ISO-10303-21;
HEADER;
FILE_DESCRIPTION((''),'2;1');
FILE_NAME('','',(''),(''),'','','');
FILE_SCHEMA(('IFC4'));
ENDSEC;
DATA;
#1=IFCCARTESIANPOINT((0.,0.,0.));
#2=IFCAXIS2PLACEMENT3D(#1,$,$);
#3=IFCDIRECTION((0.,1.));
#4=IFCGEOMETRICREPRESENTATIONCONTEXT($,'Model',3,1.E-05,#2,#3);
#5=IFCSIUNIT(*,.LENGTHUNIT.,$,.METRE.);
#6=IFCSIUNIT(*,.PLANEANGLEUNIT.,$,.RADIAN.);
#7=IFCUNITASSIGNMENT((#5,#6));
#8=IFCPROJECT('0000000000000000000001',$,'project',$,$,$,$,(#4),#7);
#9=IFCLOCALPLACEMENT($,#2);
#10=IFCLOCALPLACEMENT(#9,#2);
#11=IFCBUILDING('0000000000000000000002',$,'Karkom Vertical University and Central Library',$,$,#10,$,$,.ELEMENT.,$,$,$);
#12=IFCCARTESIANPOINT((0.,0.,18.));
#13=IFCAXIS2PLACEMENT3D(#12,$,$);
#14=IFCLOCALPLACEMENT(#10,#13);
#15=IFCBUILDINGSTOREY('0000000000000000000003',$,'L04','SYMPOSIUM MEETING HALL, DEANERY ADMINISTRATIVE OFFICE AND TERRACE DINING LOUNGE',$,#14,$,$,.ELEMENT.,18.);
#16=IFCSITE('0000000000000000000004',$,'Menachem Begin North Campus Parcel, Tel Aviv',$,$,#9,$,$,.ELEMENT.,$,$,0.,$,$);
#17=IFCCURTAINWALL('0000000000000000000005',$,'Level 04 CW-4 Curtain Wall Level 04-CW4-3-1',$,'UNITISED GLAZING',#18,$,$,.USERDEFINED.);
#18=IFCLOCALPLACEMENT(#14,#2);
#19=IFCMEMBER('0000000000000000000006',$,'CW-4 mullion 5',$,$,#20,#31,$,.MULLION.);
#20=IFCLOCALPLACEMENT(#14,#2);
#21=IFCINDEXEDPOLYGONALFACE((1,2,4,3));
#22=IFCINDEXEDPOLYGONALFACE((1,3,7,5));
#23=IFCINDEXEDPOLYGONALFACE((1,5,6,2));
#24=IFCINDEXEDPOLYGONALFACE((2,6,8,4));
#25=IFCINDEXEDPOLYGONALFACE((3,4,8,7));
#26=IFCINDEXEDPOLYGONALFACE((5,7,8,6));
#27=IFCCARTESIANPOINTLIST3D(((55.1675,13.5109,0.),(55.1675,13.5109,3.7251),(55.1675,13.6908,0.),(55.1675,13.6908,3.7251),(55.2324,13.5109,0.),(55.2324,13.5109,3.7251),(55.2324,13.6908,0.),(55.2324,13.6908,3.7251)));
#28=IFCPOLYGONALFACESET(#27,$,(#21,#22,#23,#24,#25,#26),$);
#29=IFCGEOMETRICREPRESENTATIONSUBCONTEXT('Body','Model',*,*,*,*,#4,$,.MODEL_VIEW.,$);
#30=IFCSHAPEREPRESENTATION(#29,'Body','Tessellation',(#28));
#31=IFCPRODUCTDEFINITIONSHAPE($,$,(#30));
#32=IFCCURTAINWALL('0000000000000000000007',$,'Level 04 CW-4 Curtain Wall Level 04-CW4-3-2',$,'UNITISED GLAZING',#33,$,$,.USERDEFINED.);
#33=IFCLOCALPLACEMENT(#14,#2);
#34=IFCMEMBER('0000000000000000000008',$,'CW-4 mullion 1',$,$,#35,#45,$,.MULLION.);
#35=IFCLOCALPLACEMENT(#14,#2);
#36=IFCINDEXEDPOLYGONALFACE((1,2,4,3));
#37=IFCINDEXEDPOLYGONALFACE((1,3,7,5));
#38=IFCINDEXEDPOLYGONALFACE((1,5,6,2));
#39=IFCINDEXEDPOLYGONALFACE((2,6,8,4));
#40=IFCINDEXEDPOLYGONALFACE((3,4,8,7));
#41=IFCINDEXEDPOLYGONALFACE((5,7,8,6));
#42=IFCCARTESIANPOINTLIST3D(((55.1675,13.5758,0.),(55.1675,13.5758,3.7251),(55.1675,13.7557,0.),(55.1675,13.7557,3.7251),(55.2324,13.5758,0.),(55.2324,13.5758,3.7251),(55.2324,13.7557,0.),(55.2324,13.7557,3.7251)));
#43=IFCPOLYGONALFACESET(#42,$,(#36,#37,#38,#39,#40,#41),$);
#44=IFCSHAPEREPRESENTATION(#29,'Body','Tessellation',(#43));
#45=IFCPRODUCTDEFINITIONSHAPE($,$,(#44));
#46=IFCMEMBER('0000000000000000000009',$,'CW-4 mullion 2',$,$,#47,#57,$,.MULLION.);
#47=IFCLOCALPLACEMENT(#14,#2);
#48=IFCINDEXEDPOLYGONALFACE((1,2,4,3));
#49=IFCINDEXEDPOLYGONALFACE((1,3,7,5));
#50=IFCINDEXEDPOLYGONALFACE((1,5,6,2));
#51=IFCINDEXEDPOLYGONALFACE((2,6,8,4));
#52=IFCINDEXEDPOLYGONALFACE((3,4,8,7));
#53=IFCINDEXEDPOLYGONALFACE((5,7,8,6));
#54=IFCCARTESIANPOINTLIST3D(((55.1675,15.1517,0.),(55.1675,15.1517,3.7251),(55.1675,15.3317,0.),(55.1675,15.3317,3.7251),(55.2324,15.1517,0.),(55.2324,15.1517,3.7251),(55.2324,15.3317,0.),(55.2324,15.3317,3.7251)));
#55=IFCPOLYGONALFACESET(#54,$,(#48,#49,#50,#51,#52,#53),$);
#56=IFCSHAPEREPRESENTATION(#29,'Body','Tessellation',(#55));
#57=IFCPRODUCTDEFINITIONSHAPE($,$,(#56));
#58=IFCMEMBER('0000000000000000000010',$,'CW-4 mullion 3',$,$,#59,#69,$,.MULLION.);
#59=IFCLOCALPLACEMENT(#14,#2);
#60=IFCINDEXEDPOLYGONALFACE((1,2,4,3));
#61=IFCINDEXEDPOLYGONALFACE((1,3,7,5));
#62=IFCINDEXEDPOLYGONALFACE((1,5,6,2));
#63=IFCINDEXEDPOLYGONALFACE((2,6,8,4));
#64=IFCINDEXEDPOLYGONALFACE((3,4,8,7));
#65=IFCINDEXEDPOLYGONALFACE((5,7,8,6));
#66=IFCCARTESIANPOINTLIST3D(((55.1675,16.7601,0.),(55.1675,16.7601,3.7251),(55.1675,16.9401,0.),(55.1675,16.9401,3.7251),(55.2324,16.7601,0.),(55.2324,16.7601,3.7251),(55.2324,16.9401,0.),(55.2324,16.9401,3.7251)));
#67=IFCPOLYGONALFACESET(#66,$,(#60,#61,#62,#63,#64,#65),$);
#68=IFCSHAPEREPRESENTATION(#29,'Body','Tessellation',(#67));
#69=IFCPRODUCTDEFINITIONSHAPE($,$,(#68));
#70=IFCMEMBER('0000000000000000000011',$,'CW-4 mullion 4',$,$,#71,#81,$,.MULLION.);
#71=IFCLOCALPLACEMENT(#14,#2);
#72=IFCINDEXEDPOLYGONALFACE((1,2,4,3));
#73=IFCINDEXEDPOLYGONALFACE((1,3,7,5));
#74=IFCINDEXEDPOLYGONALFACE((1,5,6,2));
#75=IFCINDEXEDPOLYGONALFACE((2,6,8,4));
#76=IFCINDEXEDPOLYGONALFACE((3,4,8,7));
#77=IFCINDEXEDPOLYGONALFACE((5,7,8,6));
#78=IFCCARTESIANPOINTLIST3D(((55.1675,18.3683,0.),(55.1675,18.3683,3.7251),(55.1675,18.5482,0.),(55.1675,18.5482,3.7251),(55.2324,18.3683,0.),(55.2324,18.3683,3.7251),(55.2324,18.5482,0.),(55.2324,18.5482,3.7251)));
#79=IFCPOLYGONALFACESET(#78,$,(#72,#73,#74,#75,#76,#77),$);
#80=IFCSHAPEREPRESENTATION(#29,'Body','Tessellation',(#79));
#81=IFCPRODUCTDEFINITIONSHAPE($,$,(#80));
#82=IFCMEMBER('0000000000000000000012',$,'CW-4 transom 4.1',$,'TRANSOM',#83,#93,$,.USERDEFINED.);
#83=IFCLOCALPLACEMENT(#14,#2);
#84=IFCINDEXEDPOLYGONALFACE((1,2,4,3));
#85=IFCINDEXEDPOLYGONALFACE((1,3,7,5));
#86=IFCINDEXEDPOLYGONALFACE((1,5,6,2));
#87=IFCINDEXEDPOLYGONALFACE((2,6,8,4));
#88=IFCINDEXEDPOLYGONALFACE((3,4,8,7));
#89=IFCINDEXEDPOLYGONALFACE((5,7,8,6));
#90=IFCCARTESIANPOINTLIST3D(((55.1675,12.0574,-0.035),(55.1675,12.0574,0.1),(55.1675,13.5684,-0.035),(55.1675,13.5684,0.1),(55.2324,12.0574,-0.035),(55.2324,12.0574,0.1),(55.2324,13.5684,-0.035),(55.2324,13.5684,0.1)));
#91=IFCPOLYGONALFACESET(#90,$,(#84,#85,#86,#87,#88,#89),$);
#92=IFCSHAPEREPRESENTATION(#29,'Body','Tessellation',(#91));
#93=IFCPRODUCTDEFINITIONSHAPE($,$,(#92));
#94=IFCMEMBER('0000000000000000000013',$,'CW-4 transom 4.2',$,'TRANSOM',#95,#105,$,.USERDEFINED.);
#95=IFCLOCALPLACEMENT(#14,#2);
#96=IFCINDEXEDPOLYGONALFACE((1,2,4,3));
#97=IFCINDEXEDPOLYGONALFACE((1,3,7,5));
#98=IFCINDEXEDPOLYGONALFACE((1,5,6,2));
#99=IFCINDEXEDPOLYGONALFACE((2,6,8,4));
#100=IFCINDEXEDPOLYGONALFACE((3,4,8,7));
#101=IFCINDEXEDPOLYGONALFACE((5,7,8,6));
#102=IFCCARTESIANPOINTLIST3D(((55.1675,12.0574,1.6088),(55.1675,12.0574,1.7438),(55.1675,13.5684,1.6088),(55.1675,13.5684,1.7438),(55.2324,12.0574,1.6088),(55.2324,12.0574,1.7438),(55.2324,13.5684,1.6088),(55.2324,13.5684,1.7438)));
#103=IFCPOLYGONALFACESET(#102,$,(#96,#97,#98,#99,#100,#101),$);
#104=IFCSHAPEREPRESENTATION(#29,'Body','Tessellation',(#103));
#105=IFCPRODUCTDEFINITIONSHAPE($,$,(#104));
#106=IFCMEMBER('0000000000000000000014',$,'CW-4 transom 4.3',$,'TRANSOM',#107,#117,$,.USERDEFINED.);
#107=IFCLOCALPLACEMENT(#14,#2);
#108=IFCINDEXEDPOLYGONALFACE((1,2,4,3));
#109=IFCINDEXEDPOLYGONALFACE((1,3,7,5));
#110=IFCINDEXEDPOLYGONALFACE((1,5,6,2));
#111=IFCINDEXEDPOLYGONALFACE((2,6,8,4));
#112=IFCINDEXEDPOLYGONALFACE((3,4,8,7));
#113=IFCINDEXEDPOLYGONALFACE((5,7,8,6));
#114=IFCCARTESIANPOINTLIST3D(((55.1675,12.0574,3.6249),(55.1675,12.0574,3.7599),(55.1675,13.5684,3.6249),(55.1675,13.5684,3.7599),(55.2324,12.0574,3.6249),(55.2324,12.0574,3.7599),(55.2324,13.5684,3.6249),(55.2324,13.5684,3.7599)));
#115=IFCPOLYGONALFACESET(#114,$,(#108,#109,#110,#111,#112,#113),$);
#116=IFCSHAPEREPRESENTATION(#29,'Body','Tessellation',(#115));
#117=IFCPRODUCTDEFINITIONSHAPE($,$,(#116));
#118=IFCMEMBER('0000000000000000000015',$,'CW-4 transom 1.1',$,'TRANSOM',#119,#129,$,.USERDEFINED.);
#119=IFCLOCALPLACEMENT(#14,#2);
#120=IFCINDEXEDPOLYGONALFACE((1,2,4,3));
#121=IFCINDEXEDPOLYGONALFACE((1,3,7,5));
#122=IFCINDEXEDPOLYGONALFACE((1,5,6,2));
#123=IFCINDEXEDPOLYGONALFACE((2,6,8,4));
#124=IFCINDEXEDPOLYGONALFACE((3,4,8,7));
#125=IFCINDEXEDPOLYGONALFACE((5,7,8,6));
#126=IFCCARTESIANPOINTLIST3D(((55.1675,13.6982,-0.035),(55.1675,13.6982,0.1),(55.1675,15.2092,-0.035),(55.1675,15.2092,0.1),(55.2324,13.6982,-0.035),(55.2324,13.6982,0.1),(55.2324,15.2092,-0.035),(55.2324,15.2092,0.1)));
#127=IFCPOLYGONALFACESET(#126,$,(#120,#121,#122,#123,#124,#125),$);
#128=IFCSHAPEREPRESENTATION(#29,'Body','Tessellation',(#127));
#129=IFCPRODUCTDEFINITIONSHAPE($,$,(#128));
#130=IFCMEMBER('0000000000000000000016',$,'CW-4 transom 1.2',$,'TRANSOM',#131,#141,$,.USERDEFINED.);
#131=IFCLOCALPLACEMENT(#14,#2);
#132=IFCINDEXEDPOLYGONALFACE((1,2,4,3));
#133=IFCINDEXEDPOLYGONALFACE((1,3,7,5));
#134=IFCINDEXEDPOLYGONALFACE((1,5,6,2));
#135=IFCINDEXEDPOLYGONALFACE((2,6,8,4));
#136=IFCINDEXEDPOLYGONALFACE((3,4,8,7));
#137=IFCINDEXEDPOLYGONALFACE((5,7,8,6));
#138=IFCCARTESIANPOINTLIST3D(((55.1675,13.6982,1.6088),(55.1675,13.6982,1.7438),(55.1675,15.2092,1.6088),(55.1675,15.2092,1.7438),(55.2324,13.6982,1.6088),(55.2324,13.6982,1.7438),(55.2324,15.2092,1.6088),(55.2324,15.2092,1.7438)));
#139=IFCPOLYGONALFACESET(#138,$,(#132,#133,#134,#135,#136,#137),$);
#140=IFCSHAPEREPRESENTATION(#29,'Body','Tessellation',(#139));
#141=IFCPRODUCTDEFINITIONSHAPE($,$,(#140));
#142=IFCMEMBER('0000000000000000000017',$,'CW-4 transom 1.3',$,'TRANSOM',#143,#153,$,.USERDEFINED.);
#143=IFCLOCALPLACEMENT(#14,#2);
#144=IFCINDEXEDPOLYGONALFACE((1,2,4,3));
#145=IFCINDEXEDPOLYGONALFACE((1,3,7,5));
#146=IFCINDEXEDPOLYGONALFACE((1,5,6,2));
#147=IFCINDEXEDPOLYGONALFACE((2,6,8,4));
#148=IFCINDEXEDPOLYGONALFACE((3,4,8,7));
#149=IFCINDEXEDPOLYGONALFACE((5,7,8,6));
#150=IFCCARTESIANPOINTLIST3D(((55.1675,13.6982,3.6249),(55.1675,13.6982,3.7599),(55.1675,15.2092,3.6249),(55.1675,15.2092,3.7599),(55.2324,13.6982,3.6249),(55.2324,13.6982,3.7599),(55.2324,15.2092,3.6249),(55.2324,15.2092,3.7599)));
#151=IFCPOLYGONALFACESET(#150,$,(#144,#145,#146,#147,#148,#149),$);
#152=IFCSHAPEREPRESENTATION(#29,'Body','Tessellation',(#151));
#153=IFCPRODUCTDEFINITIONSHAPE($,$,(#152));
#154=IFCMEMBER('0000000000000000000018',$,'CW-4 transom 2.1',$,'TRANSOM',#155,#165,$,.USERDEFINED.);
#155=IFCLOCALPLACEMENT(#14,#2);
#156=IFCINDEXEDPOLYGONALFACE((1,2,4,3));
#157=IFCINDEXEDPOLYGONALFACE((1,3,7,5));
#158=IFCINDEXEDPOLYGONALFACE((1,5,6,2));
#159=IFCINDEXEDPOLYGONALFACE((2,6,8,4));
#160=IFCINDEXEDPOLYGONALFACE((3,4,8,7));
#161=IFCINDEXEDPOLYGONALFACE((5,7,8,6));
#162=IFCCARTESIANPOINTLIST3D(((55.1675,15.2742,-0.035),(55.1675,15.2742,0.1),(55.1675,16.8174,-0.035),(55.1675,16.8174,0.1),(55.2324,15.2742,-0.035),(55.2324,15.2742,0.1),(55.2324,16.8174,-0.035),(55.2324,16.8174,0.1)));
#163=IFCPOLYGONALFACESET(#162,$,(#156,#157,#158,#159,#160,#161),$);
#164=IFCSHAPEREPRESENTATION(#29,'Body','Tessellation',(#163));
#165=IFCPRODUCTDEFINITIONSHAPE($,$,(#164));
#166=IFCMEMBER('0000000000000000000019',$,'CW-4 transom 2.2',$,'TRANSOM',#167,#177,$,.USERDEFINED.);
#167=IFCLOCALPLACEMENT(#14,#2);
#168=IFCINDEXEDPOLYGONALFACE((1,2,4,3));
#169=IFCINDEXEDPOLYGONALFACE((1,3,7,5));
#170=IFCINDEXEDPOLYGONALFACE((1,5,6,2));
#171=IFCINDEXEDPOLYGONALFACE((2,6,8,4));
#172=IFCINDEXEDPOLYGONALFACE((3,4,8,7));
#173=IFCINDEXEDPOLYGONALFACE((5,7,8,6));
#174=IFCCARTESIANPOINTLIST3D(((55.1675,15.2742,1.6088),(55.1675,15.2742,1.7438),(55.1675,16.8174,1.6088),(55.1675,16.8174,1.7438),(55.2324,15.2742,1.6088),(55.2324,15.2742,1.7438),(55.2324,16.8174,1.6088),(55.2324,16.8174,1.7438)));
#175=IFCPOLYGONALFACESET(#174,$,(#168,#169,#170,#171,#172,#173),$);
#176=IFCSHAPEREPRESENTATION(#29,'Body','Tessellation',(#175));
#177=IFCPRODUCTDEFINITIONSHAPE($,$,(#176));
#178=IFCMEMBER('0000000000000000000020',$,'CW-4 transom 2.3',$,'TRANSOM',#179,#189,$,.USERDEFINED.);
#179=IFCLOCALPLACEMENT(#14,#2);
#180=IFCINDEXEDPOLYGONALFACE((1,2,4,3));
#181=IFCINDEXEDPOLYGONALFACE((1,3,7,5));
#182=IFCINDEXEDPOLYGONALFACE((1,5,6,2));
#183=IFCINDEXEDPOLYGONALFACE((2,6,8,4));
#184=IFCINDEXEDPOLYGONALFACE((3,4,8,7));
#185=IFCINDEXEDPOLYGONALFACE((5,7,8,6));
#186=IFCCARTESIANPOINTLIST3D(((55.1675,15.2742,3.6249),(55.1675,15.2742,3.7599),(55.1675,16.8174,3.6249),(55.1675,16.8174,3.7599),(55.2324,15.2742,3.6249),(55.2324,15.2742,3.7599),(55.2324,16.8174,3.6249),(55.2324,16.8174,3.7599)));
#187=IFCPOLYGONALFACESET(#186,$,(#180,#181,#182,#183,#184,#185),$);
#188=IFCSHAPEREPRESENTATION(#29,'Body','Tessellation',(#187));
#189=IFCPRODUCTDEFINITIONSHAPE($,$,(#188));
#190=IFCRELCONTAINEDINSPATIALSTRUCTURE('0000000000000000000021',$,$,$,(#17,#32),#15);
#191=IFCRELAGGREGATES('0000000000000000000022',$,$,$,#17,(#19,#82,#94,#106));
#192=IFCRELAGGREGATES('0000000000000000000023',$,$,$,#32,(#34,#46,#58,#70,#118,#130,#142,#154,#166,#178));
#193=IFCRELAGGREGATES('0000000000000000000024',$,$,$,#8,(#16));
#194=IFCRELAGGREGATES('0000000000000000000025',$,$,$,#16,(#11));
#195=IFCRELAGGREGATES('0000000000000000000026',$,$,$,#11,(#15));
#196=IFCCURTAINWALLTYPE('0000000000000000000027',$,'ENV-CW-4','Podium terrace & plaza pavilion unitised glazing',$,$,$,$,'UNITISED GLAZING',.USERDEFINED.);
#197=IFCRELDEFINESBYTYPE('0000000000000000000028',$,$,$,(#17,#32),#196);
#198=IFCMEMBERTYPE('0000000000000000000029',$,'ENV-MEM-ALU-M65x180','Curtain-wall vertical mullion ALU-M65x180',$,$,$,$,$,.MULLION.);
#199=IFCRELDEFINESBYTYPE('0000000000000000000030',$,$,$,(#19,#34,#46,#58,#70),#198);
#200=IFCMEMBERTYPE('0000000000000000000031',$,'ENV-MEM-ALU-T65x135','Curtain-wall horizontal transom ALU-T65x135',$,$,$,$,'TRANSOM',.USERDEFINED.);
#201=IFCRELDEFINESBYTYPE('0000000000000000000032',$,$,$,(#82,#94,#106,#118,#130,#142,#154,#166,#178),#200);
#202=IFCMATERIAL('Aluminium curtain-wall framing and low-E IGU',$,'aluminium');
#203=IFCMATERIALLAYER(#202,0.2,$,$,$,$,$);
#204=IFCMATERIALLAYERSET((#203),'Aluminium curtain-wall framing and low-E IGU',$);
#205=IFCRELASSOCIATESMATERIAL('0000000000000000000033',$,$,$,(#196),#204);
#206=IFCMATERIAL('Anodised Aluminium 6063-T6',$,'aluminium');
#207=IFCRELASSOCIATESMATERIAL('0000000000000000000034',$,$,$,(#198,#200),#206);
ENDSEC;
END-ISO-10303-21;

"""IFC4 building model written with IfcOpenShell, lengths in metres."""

from ifc_helpers import new_model, si_unit, direction, frame, origin, origin_with_axes, origin_2d, place, context, subcontext, project, spatial, rectangle, extrude, source, transform, mapped, material, layer, layer_set, material_profile, profile_set, type_object, element, aggregate, save


model = new_model("IFC4")

# Units and contexts
model_context = context("Model", 3, precision=1e-05, world=origin(), true_north=direction((0.0, 1.0)))
body_context = subcontext(model_context, "Body", "Model", "MODEL_VIEW")
ifc_project = project(units=[si_unit("LENGTHUNIT", "METRE"), si_unit("PLANEANGLEUNIT", "RADIAN")], contexts=[model_context])

# Site, building, storey
site_placement = place(None, origin())
site = spatial("IfcSite", under=ifc_project, at=site_placement, Name="Menachem Begin North Campus Parcel, Tel Aviv", CompositionType="ELEMENT", RefElevation=0.0)
building_placement = place(site_placement, origin())
building = spatial("IfcBuilding", under=site, at=building_placement, Name="Karkom Vertical University and Central Library", CompositionType="ELEMENT")
storey_placement = place(building_placement, frame((0.0, 0.0, 18.0)))
storey = spatial("IfcBuildingStorey", under=building, at=storey_placement, Name="L04", Description="SYMPOSIUM MEETING HALL, DEANERY ADMINISTRATIVE OFFICE AND TERRACE DINING LOUNGE", CompositionType="ELEMENT", Elevation=18.0)

# Curtain wall, member
ifc_material_1 = material(Name="Aluminium curtain-wall framing and low-E IGU", Category="aluminium")
ifc_layer_1 = layer(ifc_material_1, 0.2)
ifc_layer_set_1 = layer_set([ifc_layer_1], Name="Aluminium curtain-wall framing and low-E IGU")
curtain_wall_type = type_object("IfcCurtainWallType", Name="ENV-CW-4", Description="Podium terrace & plaza pavilion unitised glazing", ElementType="UNITISED GLAZING", PredefinedType="USERDEFINED", material=ifc_layer_set_1)
curtain_wall_1_placement = place(storey_placement, origin())
curtain_wall_1 = element("IfcCurtainWall", 1, at=curtain_wall_1_placement, inside=storey, type_object=curtain_wall_type, Name="Level 04 CW-4 Curtain Wall Level 04-CW4-3-1", ObjectType="UNITISED GLAZING", PredefinedType="USERDEFINED")
ifc_material_2 = material(Name="Anodised Aluminium 6063-T6", Category="aluminium")
ifc_material_profile_1 = material_profile(ifc_material_2, rectangle(XDim=0.0649, YDim=0.1799, at=origin_2d()), Name="ALU-M65x180")
ifc_profile_set_1 = profile_set([ifc_material_profile_1], Name="Anodised Aluminium 6063-T6")
member_type_1 = type_object("IfcMemberType", Name="ENV-MEM-ALU-M65x180", Description="Curtain-wall vertical mullion ALU-M65x180", PredefinedType="MULLION", material=ifc_profile_set_1)
shared_shape_1 = source(origin_with_axes(), body_context, "Body", "SweptSolid", [
    extrude(rectangle(XDim=0.0649, YDim=0.1799, at=origin_2d()), origin(), (0.0, 0.0, 1.0), 3.7251),
])
member_1_placement = place(storey_placement, frame((55.2, 13.6008, 0.0), z_axis=(0.0, 0.0, 1.0), x_axis=(-1.0, 0.0, 0.0)))
member_1 = element("IfcMember", 2, at=member_1_placement, type_object=member_type_1, Name="CW-4 mullion 5", PredefinedType="MULLION", context=body_context, shape_type="MappedRepresentation", body=[
    mapped(shared_shape_1, transform((0.0, 0.0, 0.0), scale=1.0)),
])

# Curtain wall, members
curtain_wall_2_placement = place(storey_placement, origin())
curtain_wall_2 = element("IfcCurtainWall", 3, at=curtain_wall_2_placement, inside=storey, type_object=curtain_wall_type, Name="Level 04 CW-4 Curtain Wall Level 04-CW4-3-2", ObjectType="UNITISED GLAZING", PredefinedType="USERDEFINED")
member_2_placement = place(storey_placement, frame((55.2, 13.6658, 0.0), z_axis=(0.0, 0.0, 1.0), x_axis=(-1.0, 0.0, 0.0)))
member_2 = element("IfcMember", 4, at=member_2_placement, type_object=member_type_1, Name="CW-4 mullion 1", PredefinedType="MULLION", context=body_context, shape_type="MappedRepresentation", body=[
    mapped(shared_shape_1, transform((0.0, 0.0, 0.0), scale=1.0)),
])
member_3_placement = place(storey_placement, frame((55.2, 15.2417, 0.0), z_axis=(0.0, 0.0, 1.0), x_axis=(-1.0, 0.0, 0.0)))
member_3 = element("IfcMember", 5, at=member_3_placement, type_object=member_type_1, Name="CW-4 mullion 2", PredefinedType="MULLION", context=body_context, shape_type="MappedRepresentation", body=[
    mapped(shared_shape_1, transform((0.0, 0.0, 0.0), scale=1.0)),
])
member_4_placement = place(storey_placement, frame((55.2, 16.8501, 0.0), z_axis=(0.0, 0.0, 1.0), x_axis=(-1.0, 0.0, 0.0)))
member_4 = element("IfcMember", 6, at=member_4_placement, type_object=member_type_1, Name="CW-4 mullion 3", PredefinedType="MULLION", context=body_context, shape_type="MappedRepresentation", body=[
    mapped(shared_shape_1, transform((0.0, 0.0, 0.0), scale=1.0)),
])
member_5_placement = place(storey_placement, frame((55.2, 18.4583, 0.0), z_axis=(0.0, 0.0, 1.0), x_axis=(-1.0, 0.0, 0.0)))
member_5 = element("IfcMember", 7, at=member_5_placement, type_object=member_type_1, Name="CW-4 mullion 4", PredefinedType="MULLION", context=body_context, shape_type="MappedRepresentation", body=[
    mapped(shared_shape_1, transform((0.0, 0.0, 0.0), scale=1.0)),
])

# Members
ifc_material_profile_2 = material_profile(ifc_material_2, rectangle(XDim=0.0649, YDim=0.135, at=origin_2d()), Name="ALU-T65x135")
ifc_profile_set_2 = profile_set([ifc_material_profile_2], Name="Anodised Aluminium 6063-T6")
member_type_2 = type_object("IfcMemberType", Name="ENV-MEM-ALU-T65x135", Description="Curtain-wall horizontal transom ALU-T65x135", ElementType="TRANSOM", PredefinedType="USERDEFINED", material=ifc_profile_set_2)
shared_shape_2 = source(origin_with_axes(), body_context, "Body", "SweptSolid", [
    extrude(rectangle(XDim=0.0649, YDim=0.135, at=origin_2d()), origin(), (0.0, 0.0, 1.0), 1.511),
])
member_6_placement = place(storey_placement, frame((55.2, 12.0574, 0.0325), z_axis=(0.0, 1.0, 0.0), x_axis=(-1.0, 0.0, 0.0)))
member_6 = element("IfcMember", 8, at=member_6_placement, type_object=member_type_2, Name="CW-4 transom 4.1", ObjectType="TRANSOM", PredefinedType="USERDEFINED", context=body_context, shape_type="MappedRepresentation", body=[
    mapped(shared_shape_2, transform((0.0, 0.0, 0.0), scale=1.0)),
])
member_7_placement = place(storey_placement, frame((55.2, 12.0574, 1.6763), z_axis=(0.0, 1.0, 0.0), x_axis=(-1.0, 0.0, 0.0)))
member_7 = element("IfcMember", 9, at=member_7_placement, type_object=member_type_2, Name="CW-4 transom 4.2", ObjectType="TRANSOM", PredefinedType="USERDEFINED", context=body_context, shape_type="MappedRepresentation", body=[
    mapped(shared_shape_2, transform((0.0, 0.0, 0.0), scale=1.0)),
])
member_8_placement = place(storey_placement, frame((55.2, 12.0574, 3.6924), z_axis=(0.0, 1.0, 0.0), x_axis=(-1.0, 0.0, 0.0)))
member_8 = element("IfcMember", 10, at=member_8_placement, type_object=member_type_2, Name="CW-4 transom 4.3", ObjectType="TRANSOM", PredefinedType="USERDEFINED", context=body_context, shape_type="MappedRepresentation", body=[
    mapped(shared_shape_2, transform((0.0, 0.0, 0.0), scale=1.0)),
])
member_9_placement = place(storey_placement, frame((55.2, 13.6982, 0.0325), z_axis=(0.0, 1.0, 0.0), x_axis=(-1.0, 0.0, 0.0)))
member_9 = element("IfcMember", 11, at=member_9_placement, type_object=member_type_2, Name="CW-4 transom 1.1", ObjectType="TRANSOM", PredefinedType="USERDEFINED", context=body_context, shape_type="MappedRepresentation", body=[
    mapped(shared_shape_2, transform((0.0, 0.0, 0.0), scale=1.0)),
])
member_10_placement = place(storey_placement, frame((55.2, 13.6982, 1.6763), z_axis=(0.0, 1.0, 0.0), x_axis=(-1.0, 0.0, 0.0)))
member_10 = element("IfcMember", 12, at=member_10_placement, type_object=member_type_2, Name="CW-4 transom 1.2", ObjectType="TRANSOM", PredefinedType="USERDEFINED", context=body_context, shape_type="MappedRepresentation", body=[
    mapped(shared_shape_2, transform((0.0, 0.0, 0.0), scale=1.0)),
])
member_11_placement = place(storey_placement, frame((55.2, 13.6982, 3.6924), z_axis=(0.0, 1.0, 0.0), x_axis=(-1.0, 0.0, 0.0)))
member_11 = element("IfcMember", 13, at=member_11_placement, type_object=member_type_2, Name="CW-4 transom 1.3", ObjectType="TRANSOM", PredefinedType="USERDEFINED", context=body_context, shape_type="MappedRepresentation", body=[
    mapped(shared_shape_2, transform((0.0, 0.0, 0.0), scale=1.0)),
])
shared_shape_3 = source(origin_with_axes(), body_context, "Body", "SweptSolid", [
    extrude(rectangle(XDim=0.0649, YDim=0.135, at=origin_2d()), origin(), (0.0, 0.0, 1.0), 1.5432),
])
member_12_placement = place(storey_placement, frame((55.2, 15.2742, 0.0325), z_axis=(0.0, 1.0, 0.0), x_axis=(-1.0, 0.0, 0.0)))
member_12 = element("IfcMember", 14, at=member_12_placement, type_object=member_type_2, Name="CW-4 transom 2.1", ObjectType="TRANSOM", PredefinedType="USERDEFINED", context=body_context, shape_type="MappedRepresentation", body=[
    mapped(shared_shape_3, transform((0.0, 0.0, 0.0), scale=1.0)),
])
member_13_placement = place(storey_placement, frame((55.2, 15.2742, 1.6763), z_axis=(0.0, 1.0, 0.0), x_axis=(-1.0, 0.0, 0.0)))
member_13 = element("IfcMember", 15, at=member_13_placement, type_object=member_type_2, Name="CW-4 transom 2.2", ObjectType="TRANSOM", PredefinedType="USERDEFINED", context=body_context, shape_type="MappedRepresentation", body=[
    mapped(shared_shape_3, transform((0.0, 0.0, 0.0), scale=1.0)),
])
member_14_placement = place(storey_placement, frame((55.2, 15.2742, 3.6924), z_axis=(0.0, 1.0, 0.0), x_axis=(-1.0, 0.0, 0.0)))
member_14 = element("IfcMember", 16, at=member_14_placement, type_object=member_type_2, Name="CW-4 transom 2.3", ObjectType="TRANSOM", PredefinedType="USERDEFINED", context=body_context, shape_type="MappedRepresentation", body=[
    mapped(shared_shape_3, transform((0.0, 0.0, 0.0), scale=1.0)),
])

aggregate(curtain_wall_1, [member_1, member_6, member_7, member_8])
aggregate(curtain_wall_2, [member_2, member_3, member_4, member_5, member_9, member_10, member_11, member_12, member_13, member_14])

save(model, "model.ifc")
